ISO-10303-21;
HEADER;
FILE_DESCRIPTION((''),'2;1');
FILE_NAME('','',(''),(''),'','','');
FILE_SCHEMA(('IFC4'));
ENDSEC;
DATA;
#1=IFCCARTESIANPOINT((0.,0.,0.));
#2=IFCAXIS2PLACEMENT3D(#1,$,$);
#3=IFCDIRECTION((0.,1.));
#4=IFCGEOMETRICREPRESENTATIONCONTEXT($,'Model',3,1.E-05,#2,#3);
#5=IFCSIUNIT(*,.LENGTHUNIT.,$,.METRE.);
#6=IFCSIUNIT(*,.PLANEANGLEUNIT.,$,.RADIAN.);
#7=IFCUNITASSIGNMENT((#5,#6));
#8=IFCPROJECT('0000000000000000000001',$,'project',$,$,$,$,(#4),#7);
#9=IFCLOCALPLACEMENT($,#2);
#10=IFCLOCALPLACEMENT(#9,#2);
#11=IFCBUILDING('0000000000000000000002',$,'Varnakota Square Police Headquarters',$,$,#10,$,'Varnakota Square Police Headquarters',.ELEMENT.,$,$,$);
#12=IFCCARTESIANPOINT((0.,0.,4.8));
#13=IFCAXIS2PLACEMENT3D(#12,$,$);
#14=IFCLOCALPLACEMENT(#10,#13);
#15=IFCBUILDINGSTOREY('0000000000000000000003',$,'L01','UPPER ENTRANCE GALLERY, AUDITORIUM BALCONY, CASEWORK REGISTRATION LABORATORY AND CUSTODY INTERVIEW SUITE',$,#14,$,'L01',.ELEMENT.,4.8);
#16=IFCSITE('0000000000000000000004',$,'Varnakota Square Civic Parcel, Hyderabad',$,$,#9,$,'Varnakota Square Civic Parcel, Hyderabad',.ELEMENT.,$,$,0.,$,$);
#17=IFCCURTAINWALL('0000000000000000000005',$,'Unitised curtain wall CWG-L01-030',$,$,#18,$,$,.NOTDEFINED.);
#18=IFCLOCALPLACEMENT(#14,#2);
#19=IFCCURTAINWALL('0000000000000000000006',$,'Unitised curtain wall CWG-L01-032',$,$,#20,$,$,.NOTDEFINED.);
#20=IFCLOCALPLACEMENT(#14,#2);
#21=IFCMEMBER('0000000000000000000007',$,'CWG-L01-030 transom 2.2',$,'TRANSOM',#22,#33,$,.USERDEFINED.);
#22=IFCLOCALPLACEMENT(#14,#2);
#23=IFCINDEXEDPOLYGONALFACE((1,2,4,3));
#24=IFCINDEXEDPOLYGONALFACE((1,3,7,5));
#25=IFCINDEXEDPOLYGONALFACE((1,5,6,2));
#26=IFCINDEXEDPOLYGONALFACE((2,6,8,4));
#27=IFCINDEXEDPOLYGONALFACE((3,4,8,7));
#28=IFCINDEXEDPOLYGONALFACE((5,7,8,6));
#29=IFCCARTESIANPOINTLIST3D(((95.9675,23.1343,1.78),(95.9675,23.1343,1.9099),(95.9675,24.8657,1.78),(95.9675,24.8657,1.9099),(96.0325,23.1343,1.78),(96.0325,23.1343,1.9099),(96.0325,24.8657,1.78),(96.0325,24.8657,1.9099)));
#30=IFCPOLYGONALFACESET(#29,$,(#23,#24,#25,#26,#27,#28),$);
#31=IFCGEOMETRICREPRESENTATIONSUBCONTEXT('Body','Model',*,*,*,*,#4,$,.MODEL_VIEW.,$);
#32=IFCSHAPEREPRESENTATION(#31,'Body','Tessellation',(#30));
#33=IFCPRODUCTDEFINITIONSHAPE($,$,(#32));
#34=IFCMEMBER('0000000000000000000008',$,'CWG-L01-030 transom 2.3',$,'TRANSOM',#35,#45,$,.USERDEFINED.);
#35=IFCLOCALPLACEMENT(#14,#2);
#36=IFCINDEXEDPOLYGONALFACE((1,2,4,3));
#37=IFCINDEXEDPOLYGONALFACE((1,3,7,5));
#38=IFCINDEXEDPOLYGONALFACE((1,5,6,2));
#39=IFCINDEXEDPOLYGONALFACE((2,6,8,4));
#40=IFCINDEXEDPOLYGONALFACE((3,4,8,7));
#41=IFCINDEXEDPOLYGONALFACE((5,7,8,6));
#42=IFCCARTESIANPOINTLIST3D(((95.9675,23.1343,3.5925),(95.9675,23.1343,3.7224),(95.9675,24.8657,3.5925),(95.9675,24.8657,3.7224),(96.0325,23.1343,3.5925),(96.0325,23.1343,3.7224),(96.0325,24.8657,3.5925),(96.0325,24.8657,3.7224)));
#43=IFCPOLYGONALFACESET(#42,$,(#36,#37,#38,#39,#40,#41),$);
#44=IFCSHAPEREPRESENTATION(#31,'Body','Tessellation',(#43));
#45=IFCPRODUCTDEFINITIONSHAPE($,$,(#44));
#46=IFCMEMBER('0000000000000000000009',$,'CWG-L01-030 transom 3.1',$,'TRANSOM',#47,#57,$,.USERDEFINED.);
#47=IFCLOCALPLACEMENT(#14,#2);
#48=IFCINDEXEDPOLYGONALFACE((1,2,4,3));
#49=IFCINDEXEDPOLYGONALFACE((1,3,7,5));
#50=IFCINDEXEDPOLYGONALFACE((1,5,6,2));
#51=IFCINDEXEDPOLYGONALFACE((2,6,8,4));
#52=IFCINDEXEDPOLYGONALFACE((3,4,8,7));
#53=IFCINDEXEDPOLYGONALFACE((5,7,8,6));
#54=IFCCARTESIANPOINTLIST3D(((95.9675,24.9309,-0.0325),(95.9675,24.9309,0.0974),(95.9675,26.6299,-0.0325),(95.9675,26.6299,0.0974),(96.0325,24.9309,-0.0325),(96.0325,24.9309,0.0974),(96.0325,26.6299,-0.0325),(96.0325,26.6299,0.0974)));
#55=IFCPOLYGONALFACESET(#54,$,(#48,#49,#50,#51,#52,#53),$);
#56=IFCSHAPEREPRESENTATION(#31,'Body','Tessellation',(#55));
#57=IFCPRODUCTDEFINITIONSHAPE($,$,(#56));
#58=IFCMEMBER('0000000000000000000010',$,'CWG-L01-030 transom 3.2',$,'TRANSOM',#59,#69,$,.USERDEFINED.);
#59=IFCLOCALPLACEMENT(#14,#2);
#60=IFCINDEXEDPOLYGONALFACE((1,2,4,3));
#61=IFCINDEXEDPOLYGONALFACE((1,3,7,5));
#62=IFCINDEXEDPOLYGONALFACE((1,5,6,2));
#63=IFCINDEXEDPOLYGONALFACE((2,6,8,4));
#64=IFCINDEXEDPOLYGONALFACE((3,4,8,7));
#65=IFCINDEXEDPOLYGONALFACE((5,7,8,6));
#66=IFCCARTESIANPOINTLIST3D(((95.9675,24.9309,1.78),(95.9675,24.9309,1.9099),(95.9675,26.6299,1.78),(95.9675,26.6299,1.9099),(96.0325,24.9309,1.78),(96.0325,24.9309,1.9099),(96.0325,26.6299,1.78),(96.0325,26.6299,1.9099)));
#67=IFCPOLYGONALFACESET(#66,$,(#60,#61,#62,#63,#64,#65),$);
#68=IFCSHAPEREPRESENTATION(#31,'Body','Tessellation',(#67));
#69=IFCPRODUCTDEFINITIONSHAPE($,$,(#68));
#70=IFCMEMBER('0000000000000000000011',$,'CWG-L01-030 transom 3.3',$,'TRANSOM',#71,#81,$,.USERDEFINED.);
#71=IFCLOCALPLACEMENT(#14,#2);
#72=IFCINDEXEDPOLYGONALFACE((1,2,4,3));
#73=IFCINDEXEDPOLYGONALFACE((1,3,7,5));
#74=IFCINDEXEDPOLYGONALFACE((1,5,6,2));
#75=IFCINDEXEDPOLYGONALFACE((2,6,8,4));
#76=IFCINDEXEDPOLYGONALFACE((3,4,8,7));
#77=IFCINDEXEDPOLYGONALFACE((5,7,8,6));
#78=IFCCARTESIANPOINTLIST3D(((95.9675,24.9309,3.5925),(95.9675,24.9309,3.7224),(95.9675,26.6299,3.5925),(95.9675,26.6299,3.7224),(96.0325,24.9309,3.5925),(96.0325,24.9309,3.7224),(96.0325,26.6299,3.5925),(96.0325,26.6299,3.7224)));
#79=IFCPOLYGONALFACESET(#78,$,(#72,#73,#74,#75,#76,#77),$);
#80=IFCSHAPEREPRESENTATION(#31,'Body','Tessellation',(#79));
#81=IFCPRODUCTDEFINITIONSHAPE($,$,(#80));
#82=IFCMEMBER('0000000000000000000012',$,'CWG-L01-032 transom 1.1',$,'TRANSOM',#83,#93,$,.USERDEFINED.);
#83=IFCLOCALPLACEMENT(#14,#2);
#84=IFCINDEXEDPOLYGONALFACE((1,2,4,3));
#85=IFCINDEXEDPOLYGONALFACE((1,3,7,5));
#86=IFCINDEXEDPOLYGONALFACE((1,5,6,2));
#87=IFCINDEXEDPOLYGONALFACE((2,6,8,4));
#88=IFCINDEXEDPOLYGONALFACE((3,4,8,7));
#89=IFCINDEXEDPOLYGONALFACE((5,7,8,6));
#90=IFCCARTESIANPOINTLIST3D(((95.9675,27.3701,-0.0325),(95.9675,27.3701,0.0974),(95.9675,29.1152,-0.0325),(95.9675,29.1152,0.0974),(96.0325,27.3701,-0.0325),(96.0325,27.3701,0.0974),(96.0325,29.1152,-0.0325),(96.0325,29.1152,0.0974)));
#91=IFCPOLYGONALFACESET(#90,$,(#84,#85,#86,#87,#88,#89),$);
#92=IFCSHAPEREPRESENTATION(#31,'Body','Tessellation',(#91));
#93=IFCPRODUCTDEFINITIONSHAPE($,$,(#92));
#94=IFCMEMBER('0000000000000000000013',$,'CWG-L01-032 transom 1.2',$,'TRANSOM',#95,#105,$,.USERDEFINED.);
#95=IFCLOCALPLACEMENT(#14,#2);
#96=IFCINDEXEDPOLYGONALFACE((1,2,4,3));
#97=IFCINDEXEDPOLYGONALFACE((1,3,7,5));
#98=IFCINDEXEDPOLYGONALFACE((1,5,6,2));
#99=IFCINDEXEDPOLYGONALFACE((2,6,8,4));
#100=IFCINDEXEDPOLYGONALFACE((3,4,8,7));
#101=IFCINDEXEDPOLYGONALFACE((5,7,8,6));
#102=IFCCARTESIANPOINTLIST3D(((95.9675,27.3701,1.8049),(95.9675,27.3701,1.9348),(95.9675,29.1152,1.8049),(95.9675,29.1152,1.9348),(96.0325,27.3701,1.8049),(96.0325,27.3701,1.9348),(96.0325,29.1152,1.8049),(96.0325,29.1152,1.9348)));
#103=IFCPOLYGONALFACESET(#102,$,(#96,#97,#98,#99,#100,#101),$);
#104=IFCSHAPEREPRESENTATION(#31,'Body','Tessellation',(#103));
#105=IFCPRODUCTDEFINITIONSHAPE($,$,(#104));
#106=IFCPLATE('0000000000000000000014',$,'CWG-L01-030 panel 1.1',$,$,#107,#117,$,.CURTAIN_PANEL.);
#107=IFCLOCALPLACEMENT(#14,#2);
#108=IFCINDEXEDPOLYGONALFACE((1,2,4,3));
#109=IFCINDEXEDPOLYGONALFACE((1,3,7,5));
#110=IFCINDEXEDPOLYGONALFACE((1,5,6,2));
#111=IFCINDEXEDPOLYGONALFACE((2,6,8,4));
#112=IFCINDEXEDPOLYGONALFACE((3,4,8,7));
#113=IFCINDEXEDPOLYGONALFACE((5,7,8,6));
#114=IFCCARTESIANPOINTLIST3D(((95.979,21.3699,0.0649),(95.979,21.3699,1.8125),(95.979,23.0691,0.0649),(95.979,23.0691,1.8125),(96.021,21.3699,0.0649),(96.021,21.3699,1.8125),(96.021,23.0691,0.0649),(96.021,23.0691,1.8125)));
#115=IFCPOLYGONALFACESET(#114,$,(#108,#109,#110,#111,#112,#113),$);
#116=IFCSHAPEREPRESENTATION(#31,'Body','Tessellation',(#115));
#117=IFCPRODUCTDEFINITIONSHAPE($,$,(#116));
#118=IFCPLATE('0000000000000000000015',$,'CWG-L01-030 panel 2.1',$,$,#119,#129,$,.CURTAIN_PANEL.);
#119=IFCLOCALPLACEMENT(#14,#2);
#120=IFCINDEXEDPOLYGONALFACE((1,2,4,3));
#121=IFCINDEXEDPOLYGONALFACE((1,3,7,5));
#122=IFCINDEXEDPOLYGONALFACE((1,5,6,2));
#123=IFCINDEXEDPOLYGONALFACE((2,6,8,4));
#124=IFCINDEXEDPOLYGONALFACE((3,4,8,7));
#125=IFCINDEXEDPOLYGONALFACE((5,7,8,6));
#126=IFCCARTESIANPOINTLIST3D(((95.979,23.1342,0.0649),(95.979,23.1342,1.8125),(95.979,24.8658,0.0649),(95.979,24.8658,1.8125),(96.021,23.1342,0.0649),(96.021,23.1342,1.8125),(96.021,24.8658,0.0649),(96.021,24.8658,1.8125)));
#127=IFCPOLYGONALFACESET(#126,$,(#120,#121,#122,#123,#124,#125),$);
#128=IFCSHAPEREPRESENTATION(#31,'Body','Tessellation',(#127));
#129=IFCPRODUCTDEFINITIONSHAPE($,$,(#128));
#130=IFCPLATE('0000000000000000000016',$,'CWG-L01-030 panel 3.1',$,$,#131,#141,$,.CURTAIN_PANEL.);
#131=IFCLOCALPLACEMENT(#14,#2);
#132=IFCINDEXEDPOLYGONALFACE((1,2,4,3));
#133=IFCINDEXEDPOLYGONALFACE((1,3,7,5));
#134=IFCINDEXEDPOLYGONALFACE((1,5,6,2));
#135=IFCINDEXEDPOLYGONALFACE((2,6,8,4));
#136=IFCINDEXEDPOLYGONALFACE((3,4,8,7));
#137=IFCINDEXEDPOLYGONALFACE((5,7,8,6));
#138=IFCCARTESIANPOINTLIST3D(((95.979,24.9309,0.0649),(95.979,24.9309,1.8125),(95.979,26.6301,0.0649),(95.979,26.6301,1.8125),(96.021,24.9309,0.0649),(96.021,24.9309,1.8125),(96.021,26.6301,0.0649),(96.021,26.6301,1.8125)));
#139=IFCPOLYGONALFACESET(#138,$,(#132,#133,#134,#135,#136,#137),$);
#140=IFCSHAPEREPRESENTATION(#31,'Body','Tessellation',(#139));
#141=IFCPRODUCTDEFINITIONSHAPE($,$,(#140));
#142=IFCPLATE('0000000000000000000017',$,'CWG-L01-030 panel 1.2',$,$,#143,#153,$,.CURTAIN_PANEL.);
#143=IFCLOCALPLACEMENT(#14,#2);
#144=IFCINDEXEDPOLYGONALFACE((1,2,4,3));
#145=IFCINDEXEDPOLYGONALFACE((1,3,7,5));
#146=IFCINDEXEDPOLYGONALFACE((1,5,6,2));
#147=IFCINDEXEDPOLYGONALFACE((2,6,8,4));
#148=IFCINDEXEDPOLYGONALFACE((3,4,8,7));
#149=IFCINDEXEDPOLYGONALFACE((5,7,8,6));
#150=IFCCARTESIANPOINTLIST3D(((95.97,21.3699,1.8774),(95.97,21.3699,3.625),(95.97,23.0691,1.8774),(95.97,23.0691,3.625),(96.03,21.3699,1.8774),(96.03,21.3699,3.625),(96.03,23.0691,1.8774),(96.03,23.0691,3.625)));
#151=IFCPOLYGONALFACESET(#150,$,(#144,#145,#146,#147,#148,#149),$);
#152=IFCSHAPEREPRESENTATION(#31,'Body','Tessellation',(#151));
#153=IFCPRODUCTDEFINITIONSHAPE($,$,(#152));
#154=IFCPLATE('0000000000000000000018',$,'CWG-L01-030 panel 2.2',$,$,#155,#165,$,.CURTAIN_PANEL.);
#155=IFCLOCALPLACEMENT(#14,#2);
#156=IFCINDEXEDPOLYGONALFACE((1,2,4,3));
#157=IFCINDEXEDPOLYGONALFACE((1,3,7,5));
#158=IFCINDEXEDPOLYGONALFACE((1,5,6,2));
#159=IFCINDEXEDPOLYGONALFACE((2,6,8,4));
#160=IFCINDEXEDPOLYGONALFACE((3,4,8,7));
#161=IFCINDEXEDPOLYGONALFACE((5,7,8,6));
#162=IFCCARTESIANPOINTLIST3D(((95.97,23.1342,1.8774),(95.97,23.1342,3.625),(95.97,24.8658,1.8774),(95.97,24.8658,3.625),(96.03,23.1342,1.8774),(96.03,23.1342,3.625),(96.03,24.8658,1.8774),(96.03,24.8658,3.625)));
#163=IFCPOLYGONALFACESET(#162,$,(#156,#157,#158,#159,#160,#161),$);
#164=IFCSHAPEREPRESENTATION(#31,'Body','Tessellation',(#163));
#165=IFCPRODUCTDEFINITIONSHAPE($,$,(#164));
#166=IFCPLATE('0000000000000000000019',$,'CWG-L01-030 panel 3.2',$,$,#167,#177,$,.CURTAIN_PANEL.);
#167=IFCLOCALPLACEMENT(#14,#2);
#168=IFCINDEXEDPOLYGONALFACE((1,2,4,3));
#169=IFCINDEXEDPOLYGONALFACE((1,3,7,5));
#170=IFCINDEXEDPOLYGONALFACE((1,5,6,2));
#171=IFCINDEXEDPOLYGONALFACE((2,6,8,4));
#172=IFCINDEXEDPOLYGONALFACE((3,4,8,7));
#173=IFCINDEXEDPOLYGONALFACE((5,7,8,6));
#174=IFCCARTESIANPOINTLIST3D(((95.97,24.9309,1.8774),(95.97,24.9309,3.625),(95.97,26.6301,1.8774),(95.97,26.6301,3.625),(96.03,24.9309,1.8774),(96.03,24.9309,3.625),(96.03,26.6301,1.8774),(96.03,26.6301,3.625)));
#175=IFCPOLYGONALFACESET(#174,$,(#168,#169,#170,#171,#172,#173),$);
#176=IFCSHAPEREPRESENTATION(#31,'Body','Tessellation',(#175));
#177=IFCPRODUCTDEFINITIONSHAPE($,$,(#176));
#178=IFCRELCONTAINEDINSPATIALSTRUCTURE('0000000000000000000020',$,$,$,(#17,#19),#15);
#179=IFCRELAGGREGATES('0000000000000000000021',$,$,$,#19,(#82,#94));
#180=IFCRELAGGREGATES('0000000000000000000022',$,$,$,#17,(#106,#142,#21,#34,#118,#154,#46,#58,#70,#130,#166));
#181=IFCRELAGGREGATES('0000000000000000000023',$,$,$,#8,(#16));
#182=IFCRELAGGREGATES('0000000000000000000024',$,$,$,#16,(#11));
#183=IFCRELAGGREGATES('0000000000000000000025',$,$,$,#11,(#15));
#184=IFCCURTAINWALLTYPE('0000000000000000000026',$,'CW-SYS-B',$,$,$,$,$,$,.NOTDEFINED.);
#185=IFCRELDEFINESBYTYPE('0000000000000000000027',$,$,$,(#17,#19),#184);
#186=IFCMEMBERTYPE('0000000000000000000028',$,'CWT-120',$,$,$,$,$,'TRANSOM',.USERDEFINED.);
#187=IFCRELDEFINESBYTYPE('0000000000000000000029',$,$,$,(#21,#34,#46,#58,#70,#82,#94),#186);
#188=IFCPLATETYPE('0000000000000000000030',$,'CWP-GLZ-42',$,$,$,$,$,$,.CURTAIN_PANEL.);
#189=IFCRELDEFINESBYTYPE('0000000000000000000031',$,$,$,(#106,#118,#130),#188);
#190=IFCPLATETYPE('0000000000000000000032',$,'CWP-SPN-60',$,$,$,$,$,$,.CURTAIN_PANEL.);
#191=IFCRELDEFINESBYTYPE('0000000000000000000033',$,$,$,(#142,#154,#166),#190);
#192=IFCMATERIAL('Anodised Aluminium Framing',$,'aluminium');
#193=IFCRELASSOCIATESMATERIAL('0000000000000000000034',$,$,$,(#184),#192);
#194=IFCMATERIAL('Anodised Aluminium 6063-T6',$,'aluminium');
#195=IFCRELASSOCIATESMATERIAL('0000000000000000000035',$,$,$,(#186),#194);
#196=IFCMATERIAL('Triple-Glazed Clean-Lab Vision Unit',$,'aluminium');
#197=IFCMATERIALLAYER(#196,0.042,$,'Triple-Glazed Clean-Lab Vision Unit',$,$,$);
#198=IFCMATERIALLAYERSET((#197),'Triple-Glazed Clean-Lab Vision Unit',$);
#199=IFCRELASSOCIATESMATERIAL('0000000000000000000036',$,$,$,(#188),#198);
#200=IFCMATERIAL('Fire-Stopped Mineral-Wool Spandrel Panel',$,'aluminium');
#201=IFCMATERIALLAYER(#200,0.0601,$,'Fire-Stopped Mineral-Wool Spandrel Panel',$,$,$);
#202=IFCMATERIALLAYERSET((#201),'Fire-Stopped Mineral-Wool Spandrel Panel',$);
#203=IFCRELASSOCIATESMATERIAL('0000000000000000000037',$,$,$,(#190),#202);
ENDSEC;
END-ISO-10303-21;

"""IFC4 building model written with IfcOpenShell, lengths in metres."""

from ifc_helpers import new_model, si_unit, direction, frame, origin, origin_2d, place, context, subcontext, project, spatial, rectangle, extrude, material, layer, layer_set, material_profile, profile_set, type_object, element, aggregate, save


model = new_model("IFC4")

# Units and contexts
model_context = context("Model", 3, precision=1e-05, world=origin(), true_north=direction((0.0, 1.0)))
body_context = subcontext(model_context, "Body", "Model", "MODEL_VIEW")
ifc_project = project(units=[si_unit("LENGTHUNIT", "METRE"), si_unit("PLANEANGLEUNIT", "RADIAN")], contexts=[model_context])

# Site, building, storey
site_placement = place(None, origin())
site = spatial("IfcSite", under=ifc_project, at=site_placement, Name="Varnakota Square Civic Parcel, Hyderabad", LongName="Varnakota Square Civic Parcel, Hyderabad", CompositionType="ELEMENT", RefElevation=0.0)
building_placement = place(site_placement, origin())
building = spatial("IfcBuilding", under=site, at=building_placement, Name="Varnakota Square Police Headquarters", LongName="Varnakota Square Police Headquarters", CompositionType="ELEMENT")
storey_placement = place(building_placement, frame((0.0, 0.0, 4.8)))
storey = spatial("IfcBuildingStorey", under=building, at=storey_placement, Name="L01", Description="UPPER ENTRANCE GALLERY, AUDITORIUM BALCONY, CASEWORK REGISTRATION LABORATORY AND CUSTODY INTERVIEW SUITE", LongName="L01", CompositionType="ELEMENT", Elevation=4.8)

# Curtain wall
ifc_material_1 = material(Name="Anodised Aluminium Framing", Category="aluminium")
curtain_wall_type = type_object("IfcCurtainWallType", Name="CW-SYS-B", PredefinedType="NOTDEFINED", material=ifc_material_1)
curtain_wall_1_placement = place(storey_placement, origin())
curtain_wall_1 = element("IfcCurtainWall", 1, at=curtain_wall_1_placement, inside=storey, type_object=curtain_wall_type, Name="Unitised curtain wall CWG-L01-030", PredefinedType="NOTDEFINED")
ifc_material_2 = material(Name="Anodised Aluminium 6063-T6", Category="aluminium")

# Curtain wall
curtain_wall_2_placement = place(storey_placement, origin())
curtain_wall_2 = element("IfcCurtainWall", 2, at=curtain_wall_2_placement, inside=storey, type_object=curtain_wall_type, Name="Unitised curtain wall CWG-L01-032", PredefinedType="NOTDEFINED")

# Members
ifc_material_profile_1 = material_profile(ifc_material_2, rectangle(XDim=0.0649, YDim=0.1299, at=origin_2d()), Name="ALU TRANSOM 65x130")
ifc_profile_set_1 = profile_set([ifc_material_profile_1], Name="Anodised Aluminium 6063-T6")
member_type_1 = type_object("IfcMemberType", Name="CWT-120", ElementType="TRANSOM", PredefinedType="USERDEFINED", material=ifc_profile_set_1)
member_1_placement = place(storey_placement, frame((96.0, 23.1343, 1.845), z_axis=(0.0, 1.0, 0.0), x_axis=(-1.0, 0.0, 0.0)))
member_1 = element("IfcMember", 3, at=member_1_placement, type_object=member_type_1, Name="CWG-L01-030 transom 2.2", ObjectType="TRANSOM", PredefinedType="USERDEFINED", context=body_context, shape_type="SweptSolid", body=[
    extrude(rectangle(XDim=0.0649, YDim=0.1299, at=origin_2d()), origin(), (0.0, 0.0, 1.0), 1.7314),
])
member_2_placement = place(storey_placement, frame((96.0, 23.1343, 3.6575), z_axis=(0.0, 1.0, 0.0), x_axis=(-1.0, 0.0, 0.0)))
member_2 = element("IfcMember", 4, at=member_2_placement, type_object=member_type_1, Name="CWG-L01-030 transom 2.3", ObjectType="TRANSOM", PredefinedType="USERDEFINED", context=body_context, shape_type="SweptSolid", body=[
    extrude(rectangle(XDim=0.0649, YDim=0.1299, at=origin_2d()), origin(), (0.0, 0.0, 1.0), 1.7314),
])
member_3_placement = place(storey_placement, frame((96.0, 24.9309, 0.0325), z_axis=(0.0, 1.0, 0.0), x_axis=(-1.0, 0.0, 0.0)))
member_3 = element("IfcMember", 5, at=member_3_placement, type_object=member_type_1, Name="CWG-L01-030 transom 3.1", ObjectType="TRANSOM", PredefinedType="USERDEFINED", context=body_context, shape_type="SweptSolid", body=[
    extrude(rectangle(XDim=0.0649, YDim=0.1299, at=origin_2d()), origin(), (0.0, 0.0, 1.0), 1.699),
])
member_4_placement = place(storey_placement, frame((96.0, 24.9309, 1.845), z_axis=(0.0, 1.0, 0.0), x_axis=(-1.0, 0.0, 0.0)))
member_4 = element("IfcMember", 6, at=member_4_placement, type_object=member_type_1, Name="CWG-L01-030 transom 3.2", ObjectType="TRANSOM", PredefinedType="USERDEFINED", context=body_context, shape_type="SweptSolid", body=[
    extrude(rectangle(XDim=0.0649, YDim=0.1299, at=origin_2d()), origin(), (0.0, 0.0, 1.0), 1.699),
])
member_5_placement = place(storey_placement, frame((96.0, 24.9309, 3.6575), z_axis=(0.0, 1.0, 0.0), x_axis=(-1.0, 0.0, 0.0)))
member_5 = element("IfcMember", 7, at=member_5_placement, type_object=member_type_1, Name="CWG-L01-030 transom 3.3", ObjectType="TRANSOM", PredefinedType="USERDEFINED", context=body_context, shape_type="SweptSolid", body=[
    extrude(rectangle(XDim=0.0649, YDim=0.1299, at=origin_2d()), origin(), (0.0, 0.0, 1.0), 1.699),
])
member_6_placement = place(storey_placement, frame((96.0, 27.3701, 0.0325), z_axis=(0.0, 1.0, 0.0), x_axis=(-1.0, 0.0, 0.0)))
member_6 = element("IfcMember", 8, at=member_6_placement, type_object=member_type_1, Name="CWG-L01-032 transom 1.1", ObjectType="TRANSOM", PredefinedType="USERDEFINED", context=body_context, shape_type="SweptSolid", body=[
    extrude(rectangle(XDim=0.0649, YDim=0.1299, at=origin_2d()), origin(), (0.0, 0.0, 1.0), 1.7451),
])
member_7_placement = place(storey_placement, frame((96.0, 27.3701, 1.8699), z_axis=(0.0, 1.0, 0.0), x_axis=(-1.0, 0.0, 0.0)))
member_7 = element("IfcMember", 9, at=member_7_placement, type_object=member_type_1, Name="CWG-L01-032 transom 1.2", ObjectType="TRANSOM", PredefinedType="USERDEFINED", context=body_context, shape_type="SweptSolid", body=[
    extrude(rectangle(XDim=0.0649, YDim=0.1299, at=origin_2d()), origin(), (0.0, 0.0, 1.0), 1.7451),
])
aggregate(curtain_wall_2, [member_6, member_7])

# Plates
ifc_material_3 = material(Name="Triple-Glazed Clean-Lab Vision Unit", Category="aluminium")
ifc_layer_1 = layer(ifc_material_3, 0.042, Name="Triple-Glazed Clean-Lab Vision Unit")
ifc_layer_set_1 = layer_set([ifc_layer_1], Name="Triple-Glazed Clean-Lab Vision Unit")
plate_type_1 = type_object("IfcPlateType", Name="CWP-GLZ-42", PredefinedType="CURTAIN_PANEL", material=ifc_layer_set_1)
plate_1_placement = place(storey_placement, frame((96.0, 22.2195, 0.0649), z_axis=(0.0, 0.0, 1.0), x_axis=(0.0, 1.0, 0.0)))
plate_1 = element("IfcPlate", 10, at=plate_1_placement, type_object=plate_type_1, Name="CWG-L01-030 panel 1.1", PredefinedType="CURTAIN_PANEL", context=body_context, shape_type="SweptSolid", body=[
    extrude(rectangle(XDim=1.6992, YDim=0.042, at=origin_2d()), origin(), (0.0, 0.0, 1.0), 1.7476),
])
plate_2_placement = place(storey_placement, frame((96.0, 24.0, 0.0649), z_axis=(0.0, 0.0, 1.0), x_axis=(0.0, 1.0, 0.0)))
plate_2 = element("IfcPlate", 11, at=plate_2_placement, type_object=plate_type_1, Name="CWG-L01-030 panel 2.1", PredefinedType="CURTAIN_PANEL", context=body_context, shape_type="SweptSolid", body=[
    extrude(rectangle(XDim=1.7317, YDim=0.042, at=origin_2d()), origin(), (0.0, 0.0, 1.0), 1.7476),
])
plate_3_placement = place(storey_placement, frame((96.0, 25.7805, 0.0649), z_axis=(0.0, 0.0, 1.0), x_axis=(0.0, 1.0, 0.0)))
plate_3 = element("IfcPlate", 12, at=plate_3_placement, type_object=plate_type_1, Name="CWG-L01-030 panel 3.1", PredefinedType="CURTAIN_PANEL", context=body_context, shape_type="SweptSolid", body=[
    extrude(rectangle(XDim=1.6992, YDim=0.042, at=origin_2d()), origin(), (0.0, 0.0, 1.0), 1.7476),
])
ifc_material_4 = material(Name="Fire-Stopped Mineral-Wool Spandrel Panel", Category="aluminium")
ifc_layer_2 = layer(ifc_material_4, 0.0601, Name="Fire-Stopped Mineral-Wool Spandrel Panel")
ifc_layer_set_2 = layer_set([ifc_layer_2], Name="Fire-Stopped Mineral-Wool Spandrel Panel")
plate_type_2 = type_object("IfcPlateType", Name="CWP-SPN-60", PredefinedType="CURTAIN_PANEL", material=ifc_layer_set_2)
plate_4_placement = place(storey_placement, frame((96.0, 22.2195, 1.8774), z_axis=(0.0, 0.0, 1.0), x_axis=(0.0, 1.0, 0.0)))
plate_4 = element("IfcPlate", 13, at=plate_4_placement, type_object=plate_type_2, Name="CWG-L01-030 panel 1.2", PredefinedType="CURTAIN_PANEL", context=body_context, shape_type="SweptSolid", body=[
    extrude(rectangle(XDim=1.6992, YDim=0.0601, at=origin_2d()), origin(), (0.0, 0.0, 1.0), 1.7476),
])
plate_5_placement = place(storey_placement, frame((96.0, 24.0, 1.8774), z_axis=(0.0, 0.0, 1.0), x_axis=(0.0, 1.0, 0.0)))
plate_5 = element("IfcPlate", 14, at=plate_5_placement, type_object=plate_type_2, Name="CWG-L01-030 panel 2.2", PredefinedType="CURTAIN_PANEL", context=body_context, shape_type="SweptSolid", body=[
    extrude(rectangle(XDim=1.7317, YDim=0.0601, at=origin_2d()), origin(), (0.0, 0.0, 1.0), 1.7476),
])
plate_6_placement = place(storey_placement, frame((96.0, 25.7805, 1.8774), z_axis=(0.0, 0.0, 1.0), x_axis=(0.0, 1.0, 0.0)))
plate_6 = element("IfcPlate", 15, at=plate_6_placement, type_object=plate_type_2, Name="CWG-L01-030 panel 3.2", PredefinedType="CURTAIN_PANEL", context=body_context, shape_type="SweptSolid", body=[
    extrude(rectangle(XDim=1.6992, YDim=0.0601, at=origin_2d()), origin(), (0.0, 0.0, 1.0), 1.7476),
])
aggregate(curtain_wall_1, [plate_1, plate_4, member_1, member_2, plate_2, plate_5, member_3, member_4, member_5, plate_3, plate_6])

save(model, "model.ifc")
